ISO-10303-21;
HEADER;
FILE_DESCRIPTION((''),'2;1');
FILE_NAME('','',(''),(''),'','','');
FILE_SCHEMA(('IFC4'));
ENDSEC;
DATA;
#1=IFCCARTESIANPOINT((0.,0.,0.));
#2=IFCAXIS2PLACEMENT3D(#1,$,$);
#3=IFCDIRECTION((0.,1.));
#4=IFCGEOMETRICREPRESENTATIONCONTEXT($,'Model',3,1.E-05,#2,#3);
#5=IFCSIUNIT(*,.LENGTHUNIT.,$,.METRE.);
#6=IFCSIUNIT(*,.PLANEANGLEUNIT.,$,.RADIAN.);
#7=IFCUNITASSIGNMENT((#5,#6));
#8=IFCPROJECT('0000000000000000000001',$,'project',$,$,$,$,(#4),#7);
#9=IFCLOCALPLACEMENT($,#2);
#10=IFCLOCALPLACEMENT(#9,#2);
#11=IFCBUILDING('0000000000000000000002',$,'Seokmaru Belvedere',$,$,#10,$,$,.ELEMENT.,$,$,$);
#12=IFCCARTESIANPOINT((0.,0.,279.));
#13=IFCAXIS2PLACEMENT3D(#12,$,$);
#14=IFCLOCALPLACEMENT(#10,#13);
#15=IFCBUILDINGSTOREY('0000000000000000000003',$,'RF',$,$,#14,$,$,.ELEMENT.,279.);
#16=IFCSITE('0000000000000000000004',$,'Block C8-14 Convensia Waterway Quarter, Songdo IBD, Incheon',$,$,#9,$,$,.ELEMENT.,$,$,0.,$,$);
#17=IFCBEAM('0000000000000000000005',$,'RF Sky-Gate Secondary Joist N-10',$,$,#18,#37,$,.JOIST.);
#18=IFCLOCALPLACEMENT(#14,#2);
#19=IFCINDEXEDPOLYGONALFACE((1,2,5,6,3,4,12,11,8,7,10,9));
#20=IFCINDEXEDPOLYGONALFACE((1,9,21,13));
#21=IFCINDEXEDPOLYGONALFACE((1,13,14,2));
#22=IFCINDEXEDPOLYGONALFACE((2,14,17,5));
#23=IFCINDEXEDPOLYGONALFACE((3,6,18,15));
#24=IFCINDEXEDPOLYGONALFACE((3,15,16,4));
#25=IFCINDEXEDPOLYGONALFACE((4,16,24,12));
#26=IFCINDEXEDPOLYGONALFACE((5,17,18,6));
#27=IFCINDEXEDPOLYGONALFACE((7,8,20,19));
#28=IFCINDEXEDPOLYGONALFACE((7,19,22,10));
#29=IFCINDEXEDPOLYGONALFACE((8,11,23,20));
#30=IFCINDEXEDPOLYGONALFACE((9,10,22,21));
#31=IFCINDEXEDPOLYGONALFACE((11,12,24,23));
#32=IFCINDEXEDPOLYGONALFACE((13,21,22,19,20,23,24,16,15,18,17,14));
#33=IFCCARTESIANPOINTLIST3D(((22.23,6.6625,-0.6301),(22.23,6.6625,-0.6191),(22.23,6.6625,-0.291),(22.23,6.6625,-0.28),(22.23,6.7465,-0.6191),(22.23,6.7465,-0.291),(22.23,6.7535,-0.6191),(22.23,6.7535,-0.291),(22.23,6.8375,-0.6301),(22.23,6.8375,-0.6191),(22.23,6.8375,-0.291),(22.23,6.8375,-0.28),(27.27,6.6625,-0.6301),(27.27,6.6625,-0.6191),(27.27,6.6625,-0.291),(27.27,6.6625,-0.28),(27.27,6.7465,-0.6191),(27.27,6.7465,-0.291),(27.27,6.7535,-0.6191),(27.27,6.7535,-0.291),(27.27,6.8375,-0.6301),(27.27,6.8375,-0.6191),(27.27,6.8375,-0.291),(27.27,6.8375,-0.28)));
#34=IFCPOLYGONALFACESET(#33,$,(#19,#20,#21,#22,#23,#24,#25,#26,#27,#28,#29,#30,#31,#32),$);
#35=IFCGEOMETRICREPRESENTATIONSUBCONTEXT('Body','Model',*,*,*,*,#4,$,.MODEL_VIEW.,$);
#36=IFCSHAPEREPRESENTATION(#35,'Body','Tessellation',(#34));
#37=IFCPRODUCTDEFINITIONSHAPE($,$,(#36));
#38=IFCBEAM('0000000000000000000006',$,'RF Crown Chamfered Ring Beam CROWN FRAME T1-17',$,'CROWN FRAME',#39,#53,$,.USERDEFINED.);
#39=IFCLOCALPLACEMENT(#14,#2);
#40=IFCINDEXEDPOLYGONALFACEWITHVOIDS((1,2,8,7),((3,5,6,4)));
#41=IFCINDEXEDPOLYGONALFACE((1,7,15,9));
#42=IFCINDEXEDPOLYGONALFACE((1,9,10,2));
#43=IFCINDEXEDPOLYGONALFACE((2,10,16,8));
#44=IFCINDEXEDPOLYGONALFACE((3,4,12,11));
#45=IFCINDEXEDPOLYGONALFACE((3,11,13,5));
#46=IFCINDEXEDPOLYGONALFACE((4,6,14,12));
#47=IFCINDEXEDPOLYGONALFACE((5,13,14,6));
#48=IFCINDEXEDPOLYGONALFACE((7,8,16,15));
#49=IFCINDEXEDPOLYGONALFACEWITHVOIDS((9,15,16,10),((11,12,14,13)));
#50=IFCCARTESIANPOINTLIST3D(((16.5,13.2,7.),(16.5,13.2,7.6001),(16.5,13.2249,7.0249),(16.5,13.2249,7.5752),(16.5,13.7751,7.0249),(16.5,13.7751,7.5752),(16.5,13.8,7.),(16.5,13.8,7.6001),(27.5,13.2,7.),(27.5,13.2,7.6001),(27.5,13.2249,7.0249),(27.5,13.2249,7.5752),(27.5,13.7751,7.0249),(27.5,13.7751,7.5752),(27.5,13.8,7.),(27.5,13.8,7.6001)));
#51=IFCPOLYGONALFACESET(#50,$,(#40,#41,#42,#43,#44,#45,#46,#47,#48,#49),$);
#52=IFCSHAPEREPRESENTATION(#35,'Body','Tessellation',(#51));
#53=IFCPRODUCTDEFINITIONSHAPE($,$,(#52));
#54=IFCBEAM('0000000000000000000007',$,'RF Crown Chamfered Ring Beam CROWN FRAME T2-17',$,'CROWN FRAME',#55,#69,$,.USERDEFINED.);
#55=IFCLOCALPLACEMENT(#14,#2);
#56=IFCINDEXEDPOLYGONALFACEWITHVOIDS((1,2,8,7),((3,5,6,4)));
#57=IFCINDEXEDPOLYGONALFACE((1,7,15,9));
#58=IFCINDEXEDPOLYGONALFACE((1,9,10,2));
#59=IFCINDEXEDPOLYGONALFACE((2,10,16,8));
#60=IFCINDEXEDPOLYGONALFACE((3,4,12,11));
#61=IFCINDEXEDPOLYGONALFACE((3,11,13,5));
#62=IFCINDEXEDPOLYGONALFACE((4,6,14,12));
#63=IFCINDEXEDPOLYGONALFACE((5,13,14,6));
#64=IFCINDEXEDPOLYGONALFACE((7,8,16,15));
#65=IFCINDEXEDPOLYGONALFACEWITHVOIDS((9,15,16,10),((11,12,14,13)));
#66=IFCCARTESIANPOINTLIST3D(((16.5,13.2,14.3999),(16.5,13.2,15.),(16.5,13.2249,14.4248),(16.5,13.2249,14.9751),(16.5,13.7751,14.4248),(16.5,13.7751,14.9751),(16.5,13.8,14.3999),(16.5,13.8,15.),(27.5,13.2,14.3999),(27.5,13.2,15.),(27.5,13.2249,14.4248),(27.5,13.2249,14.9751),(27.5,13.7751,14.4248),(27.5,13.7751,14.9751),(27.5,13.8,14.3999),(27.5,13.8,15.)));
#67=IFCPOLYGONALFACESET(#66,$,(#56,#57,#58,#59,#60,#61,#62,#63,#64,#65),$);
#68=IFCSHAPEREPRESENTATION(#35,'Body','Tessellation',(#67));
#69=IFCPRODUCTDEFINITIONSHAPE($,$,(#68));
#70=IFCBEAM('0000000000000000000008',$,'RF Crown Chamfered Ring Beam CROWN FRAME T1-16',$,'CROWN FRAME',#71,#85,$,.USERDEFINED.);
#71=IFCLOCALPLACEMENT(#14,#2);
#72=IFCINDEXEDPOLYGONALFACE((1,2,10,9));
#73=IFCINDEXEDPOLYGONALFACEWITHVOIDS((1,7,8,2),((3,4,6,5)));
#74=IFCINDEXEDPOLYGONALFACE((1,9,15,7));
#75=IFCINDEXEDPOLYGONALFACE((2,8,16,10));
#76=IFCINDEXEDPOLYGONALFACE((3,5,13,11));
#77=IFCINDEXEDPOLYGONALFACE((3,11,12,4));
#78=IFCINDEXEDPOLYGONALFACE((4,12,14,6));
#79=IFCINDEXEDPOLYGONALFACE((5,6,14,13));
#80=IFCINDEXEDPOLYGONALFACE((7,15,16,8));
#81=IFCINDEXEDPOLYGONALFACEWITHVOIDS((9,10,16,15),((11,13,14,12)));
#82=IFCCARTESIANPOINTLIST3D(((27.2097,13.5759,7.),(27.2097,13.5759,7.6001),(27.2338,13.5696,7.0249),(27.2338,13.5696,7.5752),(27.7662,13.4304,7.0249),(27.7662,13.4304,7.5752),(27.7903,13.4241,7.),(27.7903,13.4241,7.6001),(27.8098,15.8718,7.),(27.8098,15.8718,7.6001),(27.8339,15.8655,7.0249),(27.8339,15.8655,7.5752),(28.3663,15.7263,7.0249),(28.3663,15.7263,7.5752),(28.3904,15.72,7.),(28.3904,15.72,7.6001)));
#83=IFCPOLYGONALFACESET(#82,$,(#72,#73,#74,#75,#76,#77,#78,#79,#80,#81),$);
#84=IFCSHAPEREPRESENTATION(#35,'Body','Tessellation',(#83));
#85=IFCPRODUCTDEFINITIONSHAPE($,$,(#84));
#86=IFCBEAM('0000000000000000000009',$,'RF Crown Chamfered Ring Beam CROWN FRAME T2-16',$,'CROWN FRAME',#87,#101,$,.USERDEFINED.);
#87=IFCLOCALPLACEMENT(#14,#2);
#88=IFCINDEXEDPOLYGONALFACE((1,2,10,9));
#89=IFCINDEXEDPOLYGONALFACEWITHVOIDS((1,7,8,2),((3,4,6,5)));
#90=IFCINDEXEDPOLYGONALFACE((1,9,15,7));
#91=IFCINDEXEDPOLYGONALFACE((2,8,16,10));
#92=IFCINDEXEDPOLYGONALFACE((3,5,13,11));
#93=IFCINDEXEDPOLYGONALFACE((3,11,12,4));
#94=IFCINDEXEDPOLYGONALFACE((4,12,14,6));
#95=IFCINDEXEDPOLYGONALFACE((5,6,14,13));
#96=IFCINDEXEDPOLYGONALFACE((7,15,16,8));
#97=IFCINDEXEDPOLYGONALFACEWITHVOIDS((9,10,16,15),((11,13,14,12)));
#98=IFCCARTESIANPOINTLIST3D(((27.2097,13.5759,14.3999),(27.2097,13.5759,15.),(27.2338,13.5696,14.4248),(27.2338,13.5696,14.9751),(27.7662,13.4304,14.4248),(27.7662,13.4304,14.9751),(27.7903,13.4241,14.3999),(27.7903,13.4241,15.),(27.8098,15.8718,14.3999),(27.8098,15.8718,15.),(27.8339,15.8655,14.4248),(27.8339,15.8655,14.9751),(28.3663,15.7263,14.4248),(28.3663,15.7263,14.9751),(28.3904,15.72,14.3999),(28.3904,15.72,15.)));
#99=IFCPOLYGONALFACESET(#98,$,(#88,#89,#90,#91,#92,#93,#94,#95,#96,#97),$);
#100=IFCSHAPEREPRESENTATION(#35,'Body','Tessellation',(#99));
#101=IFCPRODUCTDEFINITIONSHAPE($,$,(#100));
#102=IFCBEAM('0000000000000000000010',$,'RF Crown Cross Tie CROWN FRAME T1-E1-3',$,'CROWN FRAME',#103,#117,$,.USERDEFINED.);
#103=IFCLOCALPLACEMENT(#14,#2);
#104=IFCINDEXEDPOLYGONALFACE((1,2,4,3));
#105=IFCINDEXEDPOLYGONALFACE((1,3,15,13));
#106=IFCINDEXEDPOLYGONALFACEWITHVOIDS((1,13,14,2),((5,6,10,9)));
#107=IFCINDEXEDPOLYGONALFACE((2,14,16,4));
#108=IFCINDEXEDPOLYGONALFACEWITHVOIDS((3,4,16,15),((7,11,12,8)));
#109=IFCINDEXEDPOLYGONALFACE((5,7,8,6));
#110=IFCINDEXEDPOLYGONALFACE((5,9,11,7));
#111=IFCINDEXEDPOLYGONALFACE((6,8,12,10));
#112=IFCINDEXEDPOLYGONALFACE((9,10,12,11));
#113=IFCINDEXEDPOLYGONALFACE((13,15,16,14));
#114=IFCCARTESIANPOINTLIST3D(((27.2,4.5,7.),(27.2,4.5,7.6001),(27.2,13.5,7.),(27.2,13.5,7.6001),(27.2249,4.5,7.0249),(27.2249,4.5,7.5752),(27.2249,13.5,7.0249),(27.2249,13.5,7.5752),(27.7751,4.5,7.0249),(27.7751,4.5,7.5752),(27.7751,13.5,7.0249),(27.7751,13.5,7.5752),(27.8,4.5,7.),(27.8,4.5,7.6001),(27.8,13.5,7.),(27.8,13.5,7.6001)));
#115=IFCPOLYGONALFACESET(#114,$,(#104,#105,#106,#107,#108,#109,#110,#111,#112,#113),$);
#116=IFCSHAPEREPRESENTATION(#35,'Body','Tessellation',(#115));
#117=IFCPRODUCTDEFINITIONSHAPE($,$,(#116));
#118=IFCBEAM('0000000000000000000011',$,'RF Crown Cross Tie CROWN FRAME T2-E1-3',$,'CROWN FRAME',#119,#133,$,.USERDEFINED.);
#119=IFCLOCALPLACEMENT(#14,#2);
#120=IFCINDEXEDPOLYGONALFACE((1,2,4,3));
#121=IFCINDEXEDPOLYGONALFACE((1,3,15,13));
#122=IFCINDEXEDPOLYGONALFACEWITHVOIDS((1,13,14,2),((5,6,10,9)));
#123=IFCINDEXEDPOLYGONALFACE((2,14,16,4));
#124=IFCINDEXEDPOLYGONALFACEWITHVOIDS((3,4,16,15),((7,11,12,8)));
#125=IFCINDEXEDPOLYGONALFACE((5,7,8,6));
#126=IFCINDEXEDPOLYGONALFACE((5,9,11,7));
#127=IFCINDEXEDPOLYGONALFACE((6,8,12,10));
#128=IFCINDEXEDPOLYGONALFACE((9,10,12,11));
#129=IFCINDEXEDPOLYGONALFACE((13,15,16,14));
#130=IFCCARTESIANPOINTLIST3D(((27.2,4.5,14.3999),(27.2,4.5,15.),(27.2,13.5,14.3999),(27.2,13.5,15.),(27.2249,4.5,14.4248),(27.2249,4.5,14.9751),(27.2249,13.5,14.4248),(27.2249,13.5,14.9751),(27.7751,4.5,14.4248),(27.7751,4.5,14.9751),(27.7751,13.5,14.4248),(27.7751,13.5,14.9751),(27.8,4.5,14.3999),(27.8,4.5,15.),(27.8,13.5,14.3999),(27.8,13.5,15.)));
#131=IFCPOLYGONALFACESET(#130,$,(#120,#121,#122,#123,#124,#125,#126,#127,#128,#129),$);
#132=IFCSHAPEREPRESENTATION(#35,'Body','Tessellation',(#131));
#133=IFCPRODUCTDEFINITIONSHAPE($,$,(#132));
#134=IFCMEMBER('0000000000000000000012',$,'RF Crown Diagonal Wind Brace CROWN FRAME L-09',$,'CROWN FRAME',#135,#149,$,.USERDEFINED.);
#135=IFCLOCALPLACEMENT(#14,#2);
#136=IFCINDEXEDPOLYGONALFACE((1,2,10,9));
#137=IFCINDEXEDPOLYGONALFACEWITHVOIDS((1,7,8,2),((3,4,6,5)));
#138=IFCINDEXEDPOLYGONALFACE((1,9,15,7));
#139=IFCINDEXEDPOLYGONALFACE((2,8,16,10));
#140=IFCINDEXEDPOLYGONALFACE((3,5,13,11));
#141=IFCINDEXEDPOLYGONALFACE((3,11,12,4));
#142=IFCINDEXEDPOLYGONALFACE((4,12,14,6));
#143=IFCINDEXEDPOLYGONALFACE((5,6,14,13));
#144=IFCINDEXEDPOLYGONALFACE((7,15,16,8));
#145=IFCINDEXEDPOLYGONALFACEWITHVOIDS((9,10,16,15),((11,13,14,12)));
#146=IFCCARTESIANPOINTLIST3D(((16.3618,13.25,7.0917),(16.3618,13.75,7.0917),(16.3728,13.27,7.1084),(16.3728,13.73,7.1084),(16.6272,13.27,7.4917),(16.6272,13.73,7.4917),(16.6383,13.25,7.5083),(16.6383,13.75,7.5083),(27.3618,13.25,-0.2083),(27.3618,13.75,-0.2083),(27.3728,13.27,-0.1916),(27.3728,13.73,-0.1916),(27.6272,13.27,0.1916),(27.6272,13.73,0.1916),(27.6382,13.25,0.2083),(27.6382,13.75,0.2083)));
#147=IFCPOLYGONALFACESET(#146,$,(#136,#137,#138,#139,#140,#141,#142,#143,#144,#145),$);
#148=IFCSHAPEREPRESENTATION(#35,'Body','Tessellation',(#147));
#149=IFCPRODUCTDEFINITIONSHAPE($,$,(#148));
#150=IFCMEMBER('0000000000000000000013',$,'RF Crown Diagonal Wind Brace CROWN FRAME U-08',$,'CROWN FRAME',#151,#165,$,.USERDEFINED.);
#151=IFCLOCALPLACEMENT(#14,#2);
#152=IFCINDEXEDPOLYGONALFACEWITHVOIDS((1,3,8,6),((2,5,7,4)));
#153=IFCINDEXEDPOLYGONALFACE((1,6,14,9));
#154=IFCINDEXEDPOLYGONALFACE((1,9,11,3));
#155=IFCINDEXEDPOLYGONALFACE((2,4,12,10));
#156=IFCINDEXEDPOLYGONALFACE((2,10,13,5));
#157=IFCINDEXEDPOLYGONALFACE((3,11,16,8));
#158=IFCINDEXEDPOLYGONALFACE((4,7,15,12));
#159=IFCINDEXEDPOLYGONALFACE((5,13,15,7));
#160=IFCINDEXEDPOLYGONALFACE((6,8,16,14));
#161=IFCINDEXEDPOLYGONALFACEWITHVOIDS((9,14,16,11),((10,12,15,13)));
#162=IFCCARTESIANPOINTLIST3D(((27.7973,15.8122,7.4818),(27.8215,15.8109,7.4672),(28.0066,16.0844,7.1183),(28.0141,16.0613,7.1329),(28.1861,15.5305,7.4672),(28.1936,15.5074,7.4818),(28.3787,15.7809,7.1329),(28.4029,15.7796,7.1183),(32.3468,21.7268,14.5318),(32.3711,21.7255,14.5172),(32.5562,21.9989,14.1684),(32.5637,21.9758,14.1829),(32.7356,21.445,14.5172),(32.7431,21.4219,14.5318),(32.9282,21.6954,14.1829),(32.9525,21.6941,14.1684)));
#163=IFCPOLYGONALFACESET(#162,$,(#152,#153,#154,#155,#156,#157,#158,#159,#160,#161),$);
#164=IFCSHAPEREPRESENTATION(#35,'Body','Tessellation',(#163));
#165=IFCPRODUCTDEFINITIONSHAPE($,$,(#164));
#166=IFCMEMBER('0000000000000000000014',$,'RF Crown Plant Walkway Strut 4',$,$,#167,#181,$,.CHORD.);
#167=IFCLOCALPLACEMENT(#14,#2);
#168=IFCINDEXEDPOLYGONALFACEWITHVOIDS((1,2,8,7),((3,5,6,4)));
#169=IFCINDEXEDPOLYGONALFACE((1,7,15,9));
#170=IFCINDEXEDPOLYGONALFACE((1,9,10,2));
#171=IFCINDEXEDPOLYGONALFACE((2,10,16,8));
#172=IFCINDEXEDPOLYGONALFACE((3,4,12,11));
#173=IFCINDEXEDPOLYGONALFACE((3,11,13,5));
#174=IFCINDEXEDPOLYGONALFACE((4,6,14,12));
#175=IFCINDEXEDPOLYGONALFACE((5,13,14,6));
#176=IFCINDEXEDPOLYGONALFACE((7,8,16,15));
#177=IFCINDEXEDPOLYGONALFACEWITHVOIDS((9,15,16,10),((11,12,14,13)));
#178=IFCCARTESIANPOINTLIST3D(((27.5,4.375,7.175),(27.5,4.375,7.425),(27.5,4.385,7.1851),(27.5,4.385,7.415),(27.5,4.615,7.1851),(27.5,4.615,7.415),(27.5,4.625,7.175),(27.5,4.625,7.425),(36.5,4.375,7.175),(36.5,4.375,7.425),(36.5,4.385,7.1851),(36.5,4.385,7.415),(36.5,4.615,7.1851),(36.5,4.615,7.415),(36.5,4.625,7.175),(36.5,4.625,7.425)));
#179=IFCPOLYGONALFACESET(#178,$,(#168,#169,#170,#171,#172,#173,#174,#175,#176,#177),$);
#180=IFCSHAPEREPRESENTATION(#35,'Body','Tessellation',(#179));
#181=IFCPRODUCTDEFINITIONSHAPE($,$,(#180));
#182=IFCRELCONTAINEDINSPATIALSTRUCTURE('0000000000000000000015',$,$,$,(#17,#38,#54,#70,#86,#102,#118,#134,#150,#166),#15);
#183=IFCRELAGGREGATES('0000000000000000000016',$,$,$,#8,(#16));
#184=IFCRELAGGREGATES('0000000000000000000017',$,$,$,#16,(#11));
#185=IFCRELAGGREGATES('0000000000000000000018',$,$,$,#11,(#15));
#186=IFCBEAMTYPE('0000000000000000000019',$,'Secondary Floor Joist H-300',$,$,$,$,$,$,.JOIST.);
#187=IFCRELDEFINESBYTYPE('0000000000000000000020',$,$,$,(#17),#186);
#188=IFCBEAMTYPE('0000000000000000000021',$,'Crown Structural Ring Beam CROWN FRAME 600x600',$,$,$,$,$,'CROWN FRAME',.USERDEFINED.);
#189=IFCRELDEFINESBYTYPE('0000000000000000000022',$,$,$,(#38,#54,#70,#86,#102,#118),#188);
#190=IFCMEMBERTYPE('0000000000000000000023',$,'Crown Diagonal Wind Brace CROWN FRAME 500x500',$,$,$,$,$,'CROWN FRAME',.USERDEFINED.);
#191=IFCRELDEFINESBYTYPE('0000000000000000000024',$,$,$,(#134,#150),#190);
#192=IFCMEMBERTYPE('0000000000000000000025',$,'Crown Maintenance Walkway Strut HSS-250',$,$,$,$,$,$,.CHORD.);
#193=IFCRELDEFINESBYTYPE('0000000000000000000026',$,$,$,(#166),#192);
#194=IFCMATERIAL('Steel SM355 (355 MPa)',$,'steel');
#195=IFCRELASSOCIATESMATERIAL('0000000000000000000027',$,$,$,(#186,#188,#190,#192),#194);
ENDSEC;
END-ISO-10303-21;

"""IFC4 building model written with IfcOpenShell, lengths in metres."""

from ifc_helpers import new_model, si_unit, direction, frame, origin, origin_2d, place, context, subcontext, project, spatial, hollow_rectangle, i_section, extrude, source, transform, mapped, material, material_profile, profile_set, type_object, type_shapes, element, save


model = new_model("IFC4")

# Units and contexts
model_context = context("Model", 3, precision=1e-05, world=origin(), true_north=direction((0.0, 1.0)))
body_context = subcontext(model_context, "Body", "Model", "MODEL_VIEW")
ifc_project = project(units=[si_unit("LENGTHUNIT", "METRE"), si_unit("PLANEANGLEUNIT", "RADIAN")], contexts=[model_context])

# Site, building, storey
site_placement = place(None, origin())
site = spatial("IfcSite", under=ifc_project, at=site_placement, Name="Block C8-14 Convensia Waterway Quarter, Songdo IBD, Incheon", CompositionType="ELEMENT", RefElevation=0.0)
building_placement = place(site_placement, origin())
building = spatial("IfcBuilding", under=site, at=building_placement, Name="Seokmaru Belvedere", CompositionType="ELEMENT")
storey_placement = place(building_placement, frame((0.0, 0.0, 279.0)))
storey = spatial("IfcBuildingStorey", under=building, at=storey_placement, Name="RF", CompositionType="ELEMENT", Elevation=279.0)

# Shared definitions
ifc_material_1 = material(Name="Steel SM355 (355 MPa)", Category="steel")

# Beams
ifc_material_profile_1 = material_profile(ifc_material_1, i_section(OverallWidth=0.175, OverallDepth=0.3501, WebThickness=0.0071, FlangeThickness=0.011, at=origin_2d()), Name="H-350x175x7x11")
ifc_profile_set_1 = profile_set([ifc_material_profile_1], Name="Steel SM355 (355 MPa)")
beam_type_1 = type_object("IfcBeamType", Name="Secondary Floor Joist H-300", PredefinedType="JOIST", material=ifc_profile_set_1)
shared_shape_1 = source(origin(), body_context, "Body", "SweptSolid", [
    extrude(i_section(OverallWidth=0.175, OverallDepth=0.3501, WebThickness=0.0071, FlangeThickness=0.011, at=origin_2d()), origin(), (0.0, 0.0, 1.0), 5.04),
])
type_shapes(beam_type_1, [shared_shape_1])
beam_1_placement = place(storey_placement, frame((22.23, 6.75, -0.4551), z_axis=(1.0, 0.0, 0.0), x_axis=(0.0, 1.0, 0.0)))
element("IfcBeam", 1, at=beam_1_placement, inside=storey, type_object=beam_type_1, Name="RF Sky-Gate Secondary Joist N-10", PredefinedType="JOIST", context=body_context, shape_type="MappedRepresentation", body=[
    mapped(shared_shape_1, transform((0.0, 0.0, 0.0), scale=1.0)),
])
ifc_material_profile_2 = material_profile(ifc_material_1, hollow_rectangle(XDim=0.6001, YDim=0.6001, WallThickness=0.0249, at=origin_2d()), Name="HSS-600x600x25")
ifc_profile_set_2 = profile_set([ifc_material_profile_2], Name="Steel SM355 (355 MPa)")
beam_type_2 = type_object("IfcBeamType", Name="Crown Structural Ring Beam CROWN FRAME 600x600", ElementType="CROWN FRAME", PredefinedType="USERDEFINED", material=ifc_profile_set_2)
shared_shape_2 = source(origin(), body_context, "Body", "SweptSolid", [
    extrude(hollow_rectangle(XDim=0.6001, YDim=0.6001, WallThickness=0.0249, at=origin_2d()), origin(), (0.0, 0.0, 1.0), 11.0),
])
for number, where, z_axis, x_axis, name in (
    (2, (27.5, 13.5, 7.3), (-1.0, 0.0, 0.0), (0.0, -1.0, 0.0), "RF Crown Chamfered Ring Beam CROWN FRAME T1-17"),
    (3, (27.5, 13.5, 14.7), (-1.0, 0.0, 0.0), (0.0, -1.0, 0.0), "RF Crown Chamfered Ring Beam CROWN FRAME T2-17"),
):
    element("IfcBeam", number, at=place(storey_placement, frame(where, z_axis=z_axis, x_axis=x_axis)), inside=storey, type_object=beam_type_2, Name=name, ObjectType="CROWN FRAME", PredefinedType="USERDEFINED", context=body_context, shape_type="MappedRepresentation", body=[
        mapped(shared_shape_2, transform((0.0, 0.0, 0.0), scale=1.0)),
    ])
shared_shape_3 = source(origin(), body_context, "Body", "SweptSolid", [
    extrude(hollow_rectangle(XDim=0.6001, YDim=0.6001, WallThickness=0.0249, at=origin_2d()), origin(), (0.0, 0.0, 1.0), 2.373),
])
for number, where, z_axis, x_axis, name in (
    (4, (28.1001, 15.7959, 7.3), (-0.252883, -0.967497, 0.0), (0.967497, -0.252883, 0.0), "RF Crown Chamfered Ring Beam CROWN FRAME T1-16"),
    (5, (28.1001, 15.7959, 14.7), (-0.252883, -0.967497, 0.0), (0.967497, -0.252883, 0.0), "RF Crown Chamfered Ring Beam CROWN FRAME T2-16"),
):
    element("IfcBeam", number, at=place(storey_placement, frame(where, z_axis=z_axis, x_axis=x_axis)), inside=storey, type_object=beam_type_2, Name=name, ObjectType="CROWN FRAME", PredefinedType="USERDEFINED", context=body_context, shape_type="MappedRepresentation", body=[
        mapped(shared_shape_3, transform((0.0, 0.0, 0.0), scale=1.0)),
    ])
shared_shape_4 = source(origin(), body_context, "Body", "SweptSolid", [
    extrude(hollow_rectangle(XDim=0.6001, YDim=0.6001, WallThickness=0.0249, at=origin_2d()), origin(), (0.0, 0.0, 1.0), 9.0),
])
type_shapes(beam_type_2, [shared_shape_2, shared_shape_3, shared_shape_4])
for number, where, z_axis, x_axis, name in (
    (6, (27.5, 4.5, 7.3), (0.0, 1.0, 0.0), (-1.0, 0.0, 0.0), "RF Crown Cross Tie CROWN FRAME T1-E1-3"),
    (7, (27.5, 4.5, 14.7), (0.0, 1.0, 0.0), (-1.0, 0.0, 0.0), "RF Crown Cross Tie CROWN FRAME T2-E1-3"),
):
    element("IfcBeam", number, at=place(storey_placement, frame(where, z_axis=z_axis, x_axis=x_axis)), inside=storey, type_object=beam_type_2, Name=name, ObjectType="CROWN FRAME", PredefinedType="USERDEFINED", context=body_context, shape_type="MappedRepresentation", body=[
        mapped(shared_shape_4, transform((0.0, 0.0, 0.0), scale=1.0)),
    ])

# Members
ifc_material_profile_3 = material_profile(ifc_material_1, hollow_rectangle(XDim=0.5, YDim=0.5, WallThickness=0.02, at=origin_2d()), Name="HSS-500x500x20")
ifc_profile_set_3 = profile_set([ifc_material_profile_3], Name="Steel SM355 (355 MPa)")
member_type_1 = type_object("IfcMemberType", Name="Crown Diagonal Wind Brace CROWN FRAME 500x500", ElementType="CROWN FRAME", PredefinedType="USERDEFINED", material=ifc_profile_set_3)
shared_shape_5 = source(origin(), body_context, "Body", "SweptSolid", [
    extrude(hollow_rectangle(XDim=0.5, YDim=0.5, WallThickness=0.02, at=origin_2d()), origin(), (0.0, 0.0, 1.0), 13.2019),
])
member_1_placement = place(storey_placement, frame((27.5, 13.5, 0.0), z_axis=(-0.833212, 0.0, 0.552954), x_axis=(0.0, -1.0, 0.0)))
element("IfcMember", 8, at=member_1_placement, inside=storey, type_object=member_type_1, Name="RF Crown Diagonal Wind Brace CROWN FRAME L-09", ObjectType="CROWN FRAME", PredefinedType="USERDEFINED", context=body_context, shape_type="MappedRepresentation", body=[
    mapped(shared_shape_5, transform((0.0, 0.0, 0.0), scale=1.0)),
])
shared_shape_6 = source(origin(), body_context, "Body", "SweptSolid", [
    extrude(hollow_rectangle(XDim=0.5, YDim=0.5, WallThickness=0.02, at=origin_2d()), origin(), (0.0, 0.0, 1.0), 10.2656),
])
type_shapes(member_type_1, [shared_shape_5, shared_shape_6])
member_2_placement = place(storey_placement, frame((28.1001, 15.7959, 7.3), z_axis=(0.443183, 0.57615, 0.686761), x_axis=(-0.79263, 0.609703, 0.0)))
element("IfcMember", 9, at=member_2_placement, inside=storey, type_object=member_type_1, Name="RF Crown Diagonal Wind Brace CROWN FRAME U-08", ObjectType="CROWN FRAME", PredefinedType="USERDEFINED", context=body_context, shape_type="MappedRepresentation", body=[
    mapped(shared_shape_6, transform((0.0, 0.0, 0.0), scale=1.0)),
])
ifc_material_profile_4 = material_profile(ifc_material_1, hollow_rectangle(XDim=0.25, YDim=0.25, WallThickness=0.01, at=origin_2d()), Name="HSS-250x250x10")
ifc_profile_set_4 = profile_set([ifc_material_profile_4], Name="Steel SM355 (355 MPa)")
member_type_2 = type_object("IfcMemberType", Name="Crown Maintenance Walkway Strut HSS-250", PredefinedType="CHORD", material=ifc_profile_set_4)
shared_shape_7 = source(origin(), body_context, "Body", "SweptSolid", [
    extrude(hollow_rectangle(XDim=0.25, YDim=0.25, WallThickness=0.01, at=origin_2d()), origin(), (0.0, 0.0, 1.0), 9.0),
])
type_shapes(member_type_2, [shared_shape_7])
member_3_placement = place(storey_placement, frame((27.5, 4.5, 7.3), z_axis=(1.0, 0.0, 0.0), x_axis=(0.0, 1.0, 0.0)))
element("IfcMember", 10, at=member_3_placement, inside=storey, type_object=member_type_2, Name="RF Crown Plant Walkway Strut 4", PredefinedType="CHORD", context=body_context, shape_type="MappedRepresentation", body=[
    mapped(shared_shape_7, transform((0.0, 0.0, 0.0), scale=1.0)),
])

save(model, "model.ifc")
